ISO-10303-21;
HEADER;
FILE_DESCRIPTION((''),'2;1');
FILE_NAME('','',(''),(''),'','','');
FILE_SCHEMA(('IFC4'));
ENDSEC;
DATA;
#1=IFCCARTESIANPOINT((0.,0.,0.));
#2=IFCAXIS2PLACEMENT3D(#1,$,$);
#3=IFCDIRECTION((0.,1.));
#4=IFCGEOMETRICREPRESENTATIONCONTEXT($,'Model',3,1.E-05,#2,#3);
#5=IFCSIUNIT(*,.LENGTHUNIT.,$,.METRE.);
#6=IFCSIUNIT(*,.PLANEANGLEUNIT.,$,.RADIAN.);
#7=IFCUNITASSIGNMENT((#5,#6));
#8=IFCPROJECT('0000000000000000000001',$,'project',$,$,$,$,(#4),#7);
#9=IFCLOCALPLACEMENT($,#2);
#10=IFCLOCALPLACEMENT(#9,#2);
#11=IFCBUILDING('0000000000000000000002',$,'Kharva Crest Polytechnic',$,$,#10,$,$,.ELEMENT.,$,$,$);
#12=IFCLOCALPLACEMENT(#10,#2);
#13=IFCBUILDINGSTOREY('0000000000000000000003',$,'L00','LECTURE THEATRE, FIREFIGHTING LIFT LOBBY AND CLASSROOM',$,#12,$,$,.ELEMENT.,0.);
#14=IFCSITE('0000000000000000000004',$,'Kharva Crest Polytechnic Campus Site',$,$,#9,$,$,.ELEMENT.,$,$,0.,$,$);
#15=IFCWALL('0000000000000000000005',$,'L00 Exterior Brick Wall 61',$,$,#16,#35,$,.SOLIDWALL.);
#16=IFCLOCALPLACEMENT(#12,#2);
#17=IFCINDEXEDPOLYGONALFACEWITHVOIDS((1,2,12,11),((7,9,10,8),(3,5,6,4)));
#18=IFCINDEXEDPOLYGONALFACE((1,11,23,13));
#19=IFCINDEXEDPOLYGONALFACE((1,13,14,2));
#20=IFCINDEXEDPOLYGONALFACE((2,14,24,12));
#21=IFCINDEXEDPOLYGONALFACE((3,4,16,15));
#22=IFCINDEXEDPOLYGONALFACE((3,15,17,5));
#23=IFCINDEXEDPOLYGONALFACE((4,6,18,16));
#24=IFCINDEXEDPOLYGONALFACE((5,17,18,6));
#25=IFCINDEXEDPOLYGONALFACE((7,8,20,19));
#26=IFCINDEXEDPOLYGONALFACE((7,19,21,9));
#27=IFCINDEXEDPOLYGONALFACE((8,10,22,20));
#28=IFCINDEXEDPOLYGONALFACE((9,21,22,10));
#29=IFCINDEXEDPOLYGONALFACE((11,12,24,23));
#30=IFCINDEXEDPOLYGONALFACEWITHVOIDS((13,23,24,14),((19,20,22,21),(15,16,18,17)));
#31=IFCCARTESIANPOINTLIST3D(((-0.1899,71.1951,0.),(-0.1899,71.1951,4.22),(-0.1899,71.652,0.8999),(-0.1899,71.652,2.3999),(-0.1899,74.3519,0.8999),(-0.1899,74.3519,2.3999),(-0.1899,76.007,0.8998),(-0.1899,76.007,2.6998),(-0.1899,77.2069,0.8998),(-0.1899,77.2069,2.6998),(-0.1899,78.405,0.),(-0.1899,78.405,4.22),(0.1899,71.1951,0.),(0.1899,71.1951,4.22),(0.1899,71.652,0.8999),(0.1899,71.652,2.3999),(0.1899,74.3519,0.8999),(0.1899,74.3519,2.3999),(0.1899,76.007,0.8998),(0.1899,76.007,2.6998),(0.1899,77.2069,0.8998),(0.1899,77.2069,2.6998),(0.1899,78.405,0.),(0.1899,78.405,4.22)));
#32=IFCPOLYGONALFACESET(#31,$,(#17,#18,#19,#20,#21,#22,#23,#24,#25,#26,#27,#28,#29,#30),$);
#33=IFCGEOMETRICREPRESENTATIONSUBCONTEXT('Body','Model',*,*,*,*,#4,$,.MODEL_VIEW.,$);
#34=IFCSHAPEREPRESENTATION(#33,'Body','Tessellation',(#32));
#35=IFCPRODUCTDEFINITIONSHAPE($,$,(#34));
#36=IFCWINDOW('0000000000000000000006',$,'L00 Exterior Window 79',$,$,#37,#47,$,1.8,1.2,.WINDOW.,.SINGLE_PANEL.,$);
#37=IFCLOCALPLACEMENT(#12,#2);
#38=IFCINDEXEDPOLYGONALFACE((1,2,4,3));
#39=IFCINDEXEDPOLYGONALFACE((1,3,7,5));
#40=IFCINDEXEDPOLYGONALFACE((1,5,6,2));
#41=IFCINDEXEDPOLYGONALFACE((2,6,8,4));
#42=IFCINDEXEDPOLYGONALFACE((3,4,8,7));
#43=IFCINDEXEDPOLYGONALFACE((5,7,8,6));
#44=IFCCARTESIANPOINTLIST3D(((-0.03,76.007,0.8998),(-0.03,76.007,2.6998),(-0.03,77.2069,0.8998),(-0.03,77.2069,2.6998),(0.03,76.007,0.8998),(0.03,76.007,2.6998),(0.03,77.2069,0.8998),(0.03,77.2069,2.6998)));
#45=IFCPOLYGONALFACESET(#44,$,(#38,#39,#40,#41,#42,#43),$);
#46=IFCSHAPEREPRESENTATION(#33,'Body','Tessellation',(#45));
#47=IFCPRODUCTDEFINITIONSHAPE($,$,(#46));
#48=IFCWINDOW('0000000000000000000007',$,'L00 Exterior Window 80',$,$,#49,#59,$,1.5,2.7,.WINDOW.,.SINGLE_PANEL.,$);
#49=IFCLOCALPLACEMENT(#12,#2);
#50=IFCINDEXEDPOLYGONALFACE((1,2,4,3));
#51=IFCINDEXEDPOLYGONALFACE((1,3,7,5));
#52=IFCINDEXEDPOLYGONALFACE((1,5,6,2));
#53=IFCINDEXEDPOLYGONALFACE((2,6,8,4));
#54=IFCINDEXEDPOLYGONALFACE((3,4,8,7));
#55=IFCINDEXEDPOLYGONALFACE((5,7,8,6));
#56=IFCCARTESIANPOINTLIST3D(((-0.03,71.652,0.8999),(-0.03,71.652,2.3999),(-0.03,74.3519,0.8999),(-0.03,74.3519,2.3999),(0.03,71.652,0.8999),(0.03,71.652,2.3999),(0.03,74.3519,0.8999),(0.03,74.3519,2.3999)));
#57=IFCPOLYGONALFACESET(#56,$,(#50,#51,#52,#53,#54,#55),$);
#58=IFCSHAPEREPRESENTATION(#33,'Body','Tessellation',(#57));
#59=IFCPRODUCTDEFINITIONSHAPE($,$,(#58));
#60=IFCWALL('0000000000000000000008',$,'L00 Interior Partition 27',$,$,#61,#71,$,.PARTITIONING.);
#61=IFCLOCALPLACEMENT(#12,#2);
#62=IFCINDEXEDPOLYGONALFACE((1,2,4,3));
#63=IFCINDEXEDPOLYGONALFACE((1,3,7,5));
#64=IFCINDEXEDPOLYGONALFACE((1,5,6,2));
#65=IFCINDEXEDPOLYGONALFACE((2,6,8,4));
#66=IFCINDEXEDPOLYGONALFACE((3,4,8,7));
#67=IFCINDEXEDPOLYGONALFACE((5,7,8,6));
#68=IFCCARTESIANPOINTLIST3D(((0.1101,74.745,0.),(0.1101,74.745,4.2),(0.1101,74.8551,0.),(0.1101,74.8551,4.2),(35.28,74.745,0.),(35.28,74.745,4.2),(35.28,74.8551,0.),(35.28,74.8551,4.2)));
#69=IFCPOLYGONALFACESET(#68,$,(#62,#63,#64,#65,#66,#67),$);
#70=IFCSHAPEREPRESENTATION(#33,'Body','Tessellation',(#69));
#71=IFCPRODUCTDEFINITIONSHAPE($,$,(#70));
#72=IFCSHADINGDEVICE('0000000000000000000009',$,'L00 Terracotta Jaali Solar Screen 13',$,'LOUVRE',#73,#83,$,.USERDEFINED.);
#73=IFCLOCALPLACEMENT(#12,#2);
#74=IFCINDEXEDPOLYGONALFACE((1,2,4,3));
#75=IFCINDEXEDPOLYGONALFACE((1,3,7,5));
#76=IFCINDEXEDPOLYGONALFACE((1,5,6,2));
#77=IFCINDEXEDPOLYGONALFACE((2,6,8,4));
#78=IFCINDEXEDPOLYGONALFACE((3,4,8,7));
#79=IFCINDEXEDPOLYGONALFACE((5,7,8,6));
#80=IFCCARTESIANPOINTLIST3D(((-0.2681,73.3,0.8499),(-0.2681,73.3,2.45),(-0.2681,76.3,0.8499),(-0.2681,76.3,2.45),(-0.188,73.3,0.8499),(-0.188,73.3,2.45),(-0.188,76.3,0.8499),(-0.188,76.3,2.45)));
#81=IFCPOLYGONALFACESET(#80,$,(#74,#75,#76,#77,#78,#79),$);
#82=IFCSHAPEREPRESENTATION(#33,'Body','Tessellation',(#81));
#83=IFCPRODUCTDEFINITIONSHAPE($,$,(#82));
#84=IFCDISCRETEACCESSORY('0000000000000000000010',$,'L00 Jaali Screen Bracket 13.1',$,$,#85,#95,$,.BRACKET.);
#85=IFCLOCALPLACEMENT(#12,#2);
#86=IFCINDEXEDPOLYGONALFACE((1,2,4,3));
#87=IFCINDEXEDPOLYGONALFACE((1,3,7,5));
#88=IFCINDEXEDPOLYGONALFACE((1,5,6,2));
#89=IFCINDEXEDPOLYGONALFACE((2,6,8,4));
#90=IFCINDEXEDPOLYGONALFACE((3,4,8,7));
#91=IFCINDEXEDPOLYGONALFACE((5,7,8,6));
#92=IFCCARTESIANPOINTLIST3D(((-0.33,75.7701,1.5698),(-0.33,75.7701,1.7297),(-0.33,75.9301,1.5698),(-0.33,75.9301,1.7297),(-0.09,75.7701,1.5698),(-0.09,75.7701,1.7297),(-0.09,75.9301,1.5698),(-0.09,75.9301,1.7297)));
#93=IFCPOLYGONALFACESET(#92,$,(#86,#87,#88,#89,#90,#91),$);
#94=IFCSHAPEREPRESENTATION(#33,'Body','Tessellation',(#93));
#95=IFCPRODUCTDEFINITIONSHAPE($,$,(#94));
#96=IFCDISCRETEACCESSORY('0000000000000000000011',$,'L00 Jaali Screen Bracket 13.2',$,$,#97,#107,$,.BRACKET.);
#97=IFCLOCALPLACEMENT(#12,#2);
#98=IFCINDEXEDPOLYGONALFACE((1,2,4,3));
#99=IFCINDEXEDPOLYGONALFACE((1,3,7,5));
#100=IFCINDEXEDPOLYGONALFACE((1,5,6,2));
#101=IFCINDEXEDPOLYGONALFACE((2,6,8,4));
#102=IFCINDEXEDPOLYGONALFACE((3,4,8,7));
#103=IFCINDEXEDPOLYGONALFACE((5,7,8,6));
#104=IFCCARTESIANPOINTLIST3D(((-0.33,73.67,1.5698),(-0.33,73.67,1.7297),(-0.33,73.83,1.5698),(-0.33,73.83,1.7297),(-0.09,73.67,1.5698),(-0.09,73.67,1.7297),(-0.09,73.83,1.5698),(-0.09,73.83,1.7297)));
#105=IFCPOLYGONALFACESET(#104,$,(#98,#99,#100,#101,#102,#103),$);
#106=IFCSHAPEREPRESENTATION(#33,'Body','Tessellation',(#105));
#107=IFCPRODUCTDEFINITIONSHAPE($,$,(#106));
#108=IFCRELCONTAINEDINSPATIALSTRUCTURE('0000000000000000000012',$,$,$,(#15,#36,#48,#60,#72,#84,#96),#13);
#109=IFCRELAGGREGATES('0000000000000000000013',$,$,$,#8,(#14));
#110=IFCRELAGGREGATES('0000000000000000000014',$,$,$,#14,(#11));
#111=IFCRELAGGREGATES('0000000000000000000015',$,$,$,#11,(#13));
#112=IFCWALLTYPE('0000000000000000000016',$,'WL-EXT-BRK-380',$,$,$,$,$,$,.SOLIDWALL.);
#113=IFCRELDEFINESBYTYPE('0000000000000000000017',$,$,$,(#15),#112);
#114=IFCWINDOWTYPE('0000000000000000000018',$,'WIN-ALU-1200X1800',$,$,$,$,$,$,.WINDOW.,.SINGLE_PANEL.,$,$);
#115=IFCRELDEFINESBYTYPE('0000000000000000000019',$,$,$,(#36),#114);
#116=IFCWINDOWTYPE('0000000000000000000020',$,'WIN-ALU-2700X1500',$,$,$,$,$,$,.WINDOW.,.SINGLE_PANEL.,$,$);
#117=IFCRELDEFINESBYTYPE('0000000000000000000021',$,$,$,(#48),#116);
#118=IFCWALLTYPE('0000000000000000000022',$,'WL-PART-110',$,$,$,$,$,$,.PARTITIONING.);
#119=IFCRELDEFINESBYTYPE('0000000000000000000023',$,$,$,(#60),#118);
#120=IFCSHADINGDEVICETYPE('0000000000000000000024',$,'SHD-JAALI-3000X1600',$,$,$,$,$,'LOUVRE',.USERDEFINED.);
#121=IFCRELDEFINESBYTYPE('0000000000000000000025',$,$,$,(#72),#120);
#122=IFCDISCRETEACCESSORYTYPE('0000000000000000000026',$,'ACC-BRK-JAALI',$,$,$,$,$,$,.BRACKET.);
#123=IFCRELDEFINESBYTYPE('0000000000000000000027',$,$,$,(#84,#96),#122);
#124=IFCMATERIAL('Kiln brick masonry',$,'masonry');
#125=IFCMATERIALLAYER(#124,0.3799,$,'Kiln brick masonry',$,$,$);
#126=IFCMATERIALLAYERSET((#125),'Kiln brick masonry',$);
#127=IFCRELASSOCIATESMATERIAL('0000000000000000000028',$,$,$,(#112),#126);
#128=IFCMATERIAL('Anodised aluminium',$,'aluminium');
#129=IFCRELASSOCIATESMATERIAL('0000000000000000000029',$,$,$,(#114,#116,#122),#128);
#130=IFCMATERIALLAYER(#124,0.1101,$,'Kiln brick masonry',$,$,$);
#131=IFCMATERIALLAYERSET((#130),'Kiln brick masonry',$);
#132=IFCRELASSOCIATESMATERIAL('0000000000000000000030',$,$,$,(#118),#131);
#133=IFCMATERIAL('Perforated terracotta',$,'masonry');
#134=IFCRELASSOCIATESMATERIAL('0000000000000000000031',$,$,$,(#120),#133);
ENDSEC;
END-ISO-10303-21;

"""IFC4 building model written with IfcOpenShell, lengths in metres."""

from ifc_helpers import new_model, si_unit, direction, frame, frame_2d, origin, origin_2d, place, context, subcontext, project, spatial, rectangle, extrude, material, layer, layer_set, type_object, element, fill, save


model = new_model("IFC4")

# Units and contexts
model_context = context("Model", 3, precision=1e-05, world=origin(), true_north=direction((0.0, 1.0)))
body_context = subcontext(model_context, "Body", "Model", "MODEL_VIEW")
ifc_project = project(units=[si_unit("LENGTHUNIT", "METRE"), si_unit("PLANEANGLEUNIT", "RADIAN")], contexts=[model_context])

# Site, building, storey
site_placement = place(None, origin())
site = spatial("IfcSite", under=ifc_project, at=site_placement, Name="Kharva Crest Polytechnic Campus Site", CompositionType="ELEMENT", RefElevation=0.0)
building_placement = place(site_placement, origin())
building = spatial("IfcBuilding", under=site, at=building_placement, Name="Kharva Crest Polytechnic", CompositionType="ELEMENT")
storey_placement = place(building_placement, origin())
storey = spatial("IfcBuildingStorey", under=building, at=storey_placement, Name="L00", Description="LECTURE THEATRE, FIREFIGHTING LIFT LOBBY AND CLASSROOM", CompositionType="ELEMENT", Elevation=0.0)

# Shared definitions
ifc_material_1 = material(Name="Kiln brick masonry", Category="masonry")
ifc_material_2 = material(Name="Anodised aluminium", Category="aluminium")

# Wall, openings, windows
ifc_layer_1 = layer(ifc_material_1, 0.3799, Name="Kiln brick masonry")
ifc_layer_set_1 = layer_set([ifc_layer_1], Name="Kiln brick masonry")
wall_type_1 = type_object("IfcWallType", Name="WL-EXT-BRK-380", PredefinedType="SOLIDWALL", material=ifc_layer_set_1)
wall_1_placement = place(storey_placement, frame((0.0, 78.405, 0.0), z_axis=(0.0, 0.0, 1.0), x_axis=(0.0, -1.0, 0.0)))
wall_1 = element("IfcWall", 1, at=wall_1_placement, inside=storey, type_object=wall_type_1, Name="L00 Exterior Brick Wall 61", PredefinedType="SOLIDWALL", context=body_context, shape_type="SweptSolid", body=[
    extrude(rectangle(XDim=7.21, YDim=0.3799, at=frame_2d((3.605, 0.0))), origin(), (0.0, 0.0, 1.0), 4.22),
])
opening_1_placement = place(wall_1_placement, frame((1.198, 0.0, 0.8999)))
opening_1 = element("IfcOpeningElement", 2, at=opening_1_placement, cuts=wall_1, PredefinedType="OPENING", context=body_context, shape_type="SweptSolid", body=[
    extrude(rectangle(XDim=1.2, YDim=1.8, at=frame_2d((0.6001, 0.8999))), frame((0.0, 0.2, 0.0), z_axis=(0.0, -1.0, 0.0), x_axis=(1.0, 0.0, 0.0)), (0.0, 0.0, 1.0), 0.3999),
])
opening_2_placement = place(wall_1_placement, frame((4.053, 0.0, 0.8999)))
opening_2 = element("IfcOpeningElement", 3, at=opening_2_placement, cuts=wall_1, PredefinedType="OPENING", context=body_context, shape_type="SweptSolid", body=[
    extrude(rectangle(XDim=2.7, YDim=1.5, at=frame_2d((1.3501, 0.75))), frame((0.0, 0.2, 0.0), z_axis=(0.0, -1.0, 0.0), x_axis=(1.0, 0.0, 0.0)), (0.0, 0.0, 1.0), 0.3999),
])
window_type_1 = type_object("IfcWindowType", Name="WIN-ALU-1200X1800", PartitioningType="SINGLE_PANEL", PredefinedType="WINDOW", material=ifc_material_2)
window_1_placement = place(opening_1_placement, origin())
window_1 = element("IfcWindow", 4, at=window_1_placement, inside=storey, type_object=window_type_1, Name="L00 Exterior Window 79", OverallHeight=1.8, OverallWidth=1.2, PartitioningType="SINGLE_PANEL", PredefinedType="WINDOW", context=body_context, shape_type="SweptSolid", body=[
    extrude(rectangle(XDim=1.2, YDim=1.8, at=frame_2d((0.6001, 0.8999))), frame((0.0, 0.03, 0.0), z_axis=(0.0, -1.0, 0.0), x_axis=(1.0, 0.0, 0.0)), (0.0, 0.0, 1.0), 0.0601),
])
fill(opening_1, window_1)
window_type_2 = type_object("IfcWindowType", Name="WIN-ALU-2700X1500", PartitioningType="SINGLE_PANEL", PredefinedType="WINDOW", material=ifc_material_2)
window_2_placement = place(opening_2_placement, origin())
window_2 = element("IfcWindow", 5, at=window_2_placement, inside=storey, type_object=window_type_2, Name="L00 Exterior Window 80", OverallHeight=1.5, OverallWidth=2.7, PartitioningType="SINGLE_PANEL", PredefinedType="WINDOW", context=body_context, shape_type="SweptSolid", body=[
    extrude(rectangle(XDim=2.7, YDim=1.5, at=frame_2d((1.3501, 0.75))), frame((0.0, 0.03, 0.0), z_axis=(0.0, -1.0, 0.0), x_axis=(1.0, 0.0, 0.0)), (0.0, 0.0, 1.0), 0.0601),
])
fill(opening_2, window_2)

# Wall
ifc_layer_2 = layer(ifc_material_1, 0.1101, Name="Kiln brick masonry")
ifc_layer_set_2 = layer_set([ifc_layer_2], Name="Kiln brick masonry")
wall_type_2 = type_object("IfcWallType", Name="WL-PART-110", PredefinedType="PARTITIONING", material=ifc_layer_set_2)
wall_2_placement = place(storey_placement, frame((0.1101, 74.8, 0.0), z_axis=(0.0, 0.0, 1.0), x_axis=(1.0, 0.0, 0.0)))
element("IfcWall", 6, at=wall_2_placement, inside=storey, type_object=wall_type_2, Name="L00 Interior Partition 27", PredefinedType="PARTITIONING", context=body_context, shape_type="SweptSolid", body=[
    extrude(rectangle(XDim=35.1699, YDim=0.1101, at=frame_2d((17.585, 0.0))), origin(), (0.0, 0.0, 1.0), 4.2),
])

# Shading device
ifc_material_3 = material(Name="Perforated terracotta", Category="masonry")
shading_device_type = type_object("IfcShadingDeviceType", Name="SHD-JAALI-3000X1600", ElementType="LOUVRE", PredefinedType="USERDEFINED", material=ifc_material_3)
shading_device_placement = place(storey_placement, frame((-0.228, 74.8, 0.8499), z_axis=(0.0, 0.0, 1.0), x_axis=(0.0, 1.0, 0.0)))
element("IfcShadingDevice", 7, at=shading_device_placement, inside=storey, type_object=shading_device_type, Name="L00 Terracotta Jaali Solar Screen 13", ObjectType="LOUVRE", PredefinedType="USERDEFINED", context=body_context, shape_type="SweptSolid", body=[
    extrude(rectangle(XDim=3.0, YDim=0.0801, at=origin_2d()), origin(), (0.0, 0.0, 1.0), 1.6001),
])

# Discrete accessories
discrete_accessory_type = type_object("IfcDiscreteAccessoryType", Name="ACC-BRK-JAALI", PredefinedType="BRACKET", material=ifc_material_2)
for number, where, z_axis, x_axis, name in (
    (8, (-0.21, 75.8501, 1.5698), (0.0, 0.0, 1.0), (0.0, 1.0, 0.0), "L00 Jaali Screen Bracket 13.1"),
    (9, (-0.21, 73.75, 1.5698), (0.0, 0.0, 1.0), (0.0, 1.0, 0.0), "L00 Jaali Screen Bracket 13.2"),
):
    element("IfcDiscreteAccessory", number, at=place(storey_placement, frame(where, z_axis=z_axis, x_axis=x_axis)), inside=storey, type_object=discrete_accessory_type, Name=name, PredefinedType="BRACKET", context=body_context, shape_type="SweptSolid", body=[
        extrude(rectangle(XDim=0.1599, YDim=0.24, at=origin_2d()), origin(), (0.0, 0.0, 1.0), 0.1599),
    ])

save(model, "model.ifc")
